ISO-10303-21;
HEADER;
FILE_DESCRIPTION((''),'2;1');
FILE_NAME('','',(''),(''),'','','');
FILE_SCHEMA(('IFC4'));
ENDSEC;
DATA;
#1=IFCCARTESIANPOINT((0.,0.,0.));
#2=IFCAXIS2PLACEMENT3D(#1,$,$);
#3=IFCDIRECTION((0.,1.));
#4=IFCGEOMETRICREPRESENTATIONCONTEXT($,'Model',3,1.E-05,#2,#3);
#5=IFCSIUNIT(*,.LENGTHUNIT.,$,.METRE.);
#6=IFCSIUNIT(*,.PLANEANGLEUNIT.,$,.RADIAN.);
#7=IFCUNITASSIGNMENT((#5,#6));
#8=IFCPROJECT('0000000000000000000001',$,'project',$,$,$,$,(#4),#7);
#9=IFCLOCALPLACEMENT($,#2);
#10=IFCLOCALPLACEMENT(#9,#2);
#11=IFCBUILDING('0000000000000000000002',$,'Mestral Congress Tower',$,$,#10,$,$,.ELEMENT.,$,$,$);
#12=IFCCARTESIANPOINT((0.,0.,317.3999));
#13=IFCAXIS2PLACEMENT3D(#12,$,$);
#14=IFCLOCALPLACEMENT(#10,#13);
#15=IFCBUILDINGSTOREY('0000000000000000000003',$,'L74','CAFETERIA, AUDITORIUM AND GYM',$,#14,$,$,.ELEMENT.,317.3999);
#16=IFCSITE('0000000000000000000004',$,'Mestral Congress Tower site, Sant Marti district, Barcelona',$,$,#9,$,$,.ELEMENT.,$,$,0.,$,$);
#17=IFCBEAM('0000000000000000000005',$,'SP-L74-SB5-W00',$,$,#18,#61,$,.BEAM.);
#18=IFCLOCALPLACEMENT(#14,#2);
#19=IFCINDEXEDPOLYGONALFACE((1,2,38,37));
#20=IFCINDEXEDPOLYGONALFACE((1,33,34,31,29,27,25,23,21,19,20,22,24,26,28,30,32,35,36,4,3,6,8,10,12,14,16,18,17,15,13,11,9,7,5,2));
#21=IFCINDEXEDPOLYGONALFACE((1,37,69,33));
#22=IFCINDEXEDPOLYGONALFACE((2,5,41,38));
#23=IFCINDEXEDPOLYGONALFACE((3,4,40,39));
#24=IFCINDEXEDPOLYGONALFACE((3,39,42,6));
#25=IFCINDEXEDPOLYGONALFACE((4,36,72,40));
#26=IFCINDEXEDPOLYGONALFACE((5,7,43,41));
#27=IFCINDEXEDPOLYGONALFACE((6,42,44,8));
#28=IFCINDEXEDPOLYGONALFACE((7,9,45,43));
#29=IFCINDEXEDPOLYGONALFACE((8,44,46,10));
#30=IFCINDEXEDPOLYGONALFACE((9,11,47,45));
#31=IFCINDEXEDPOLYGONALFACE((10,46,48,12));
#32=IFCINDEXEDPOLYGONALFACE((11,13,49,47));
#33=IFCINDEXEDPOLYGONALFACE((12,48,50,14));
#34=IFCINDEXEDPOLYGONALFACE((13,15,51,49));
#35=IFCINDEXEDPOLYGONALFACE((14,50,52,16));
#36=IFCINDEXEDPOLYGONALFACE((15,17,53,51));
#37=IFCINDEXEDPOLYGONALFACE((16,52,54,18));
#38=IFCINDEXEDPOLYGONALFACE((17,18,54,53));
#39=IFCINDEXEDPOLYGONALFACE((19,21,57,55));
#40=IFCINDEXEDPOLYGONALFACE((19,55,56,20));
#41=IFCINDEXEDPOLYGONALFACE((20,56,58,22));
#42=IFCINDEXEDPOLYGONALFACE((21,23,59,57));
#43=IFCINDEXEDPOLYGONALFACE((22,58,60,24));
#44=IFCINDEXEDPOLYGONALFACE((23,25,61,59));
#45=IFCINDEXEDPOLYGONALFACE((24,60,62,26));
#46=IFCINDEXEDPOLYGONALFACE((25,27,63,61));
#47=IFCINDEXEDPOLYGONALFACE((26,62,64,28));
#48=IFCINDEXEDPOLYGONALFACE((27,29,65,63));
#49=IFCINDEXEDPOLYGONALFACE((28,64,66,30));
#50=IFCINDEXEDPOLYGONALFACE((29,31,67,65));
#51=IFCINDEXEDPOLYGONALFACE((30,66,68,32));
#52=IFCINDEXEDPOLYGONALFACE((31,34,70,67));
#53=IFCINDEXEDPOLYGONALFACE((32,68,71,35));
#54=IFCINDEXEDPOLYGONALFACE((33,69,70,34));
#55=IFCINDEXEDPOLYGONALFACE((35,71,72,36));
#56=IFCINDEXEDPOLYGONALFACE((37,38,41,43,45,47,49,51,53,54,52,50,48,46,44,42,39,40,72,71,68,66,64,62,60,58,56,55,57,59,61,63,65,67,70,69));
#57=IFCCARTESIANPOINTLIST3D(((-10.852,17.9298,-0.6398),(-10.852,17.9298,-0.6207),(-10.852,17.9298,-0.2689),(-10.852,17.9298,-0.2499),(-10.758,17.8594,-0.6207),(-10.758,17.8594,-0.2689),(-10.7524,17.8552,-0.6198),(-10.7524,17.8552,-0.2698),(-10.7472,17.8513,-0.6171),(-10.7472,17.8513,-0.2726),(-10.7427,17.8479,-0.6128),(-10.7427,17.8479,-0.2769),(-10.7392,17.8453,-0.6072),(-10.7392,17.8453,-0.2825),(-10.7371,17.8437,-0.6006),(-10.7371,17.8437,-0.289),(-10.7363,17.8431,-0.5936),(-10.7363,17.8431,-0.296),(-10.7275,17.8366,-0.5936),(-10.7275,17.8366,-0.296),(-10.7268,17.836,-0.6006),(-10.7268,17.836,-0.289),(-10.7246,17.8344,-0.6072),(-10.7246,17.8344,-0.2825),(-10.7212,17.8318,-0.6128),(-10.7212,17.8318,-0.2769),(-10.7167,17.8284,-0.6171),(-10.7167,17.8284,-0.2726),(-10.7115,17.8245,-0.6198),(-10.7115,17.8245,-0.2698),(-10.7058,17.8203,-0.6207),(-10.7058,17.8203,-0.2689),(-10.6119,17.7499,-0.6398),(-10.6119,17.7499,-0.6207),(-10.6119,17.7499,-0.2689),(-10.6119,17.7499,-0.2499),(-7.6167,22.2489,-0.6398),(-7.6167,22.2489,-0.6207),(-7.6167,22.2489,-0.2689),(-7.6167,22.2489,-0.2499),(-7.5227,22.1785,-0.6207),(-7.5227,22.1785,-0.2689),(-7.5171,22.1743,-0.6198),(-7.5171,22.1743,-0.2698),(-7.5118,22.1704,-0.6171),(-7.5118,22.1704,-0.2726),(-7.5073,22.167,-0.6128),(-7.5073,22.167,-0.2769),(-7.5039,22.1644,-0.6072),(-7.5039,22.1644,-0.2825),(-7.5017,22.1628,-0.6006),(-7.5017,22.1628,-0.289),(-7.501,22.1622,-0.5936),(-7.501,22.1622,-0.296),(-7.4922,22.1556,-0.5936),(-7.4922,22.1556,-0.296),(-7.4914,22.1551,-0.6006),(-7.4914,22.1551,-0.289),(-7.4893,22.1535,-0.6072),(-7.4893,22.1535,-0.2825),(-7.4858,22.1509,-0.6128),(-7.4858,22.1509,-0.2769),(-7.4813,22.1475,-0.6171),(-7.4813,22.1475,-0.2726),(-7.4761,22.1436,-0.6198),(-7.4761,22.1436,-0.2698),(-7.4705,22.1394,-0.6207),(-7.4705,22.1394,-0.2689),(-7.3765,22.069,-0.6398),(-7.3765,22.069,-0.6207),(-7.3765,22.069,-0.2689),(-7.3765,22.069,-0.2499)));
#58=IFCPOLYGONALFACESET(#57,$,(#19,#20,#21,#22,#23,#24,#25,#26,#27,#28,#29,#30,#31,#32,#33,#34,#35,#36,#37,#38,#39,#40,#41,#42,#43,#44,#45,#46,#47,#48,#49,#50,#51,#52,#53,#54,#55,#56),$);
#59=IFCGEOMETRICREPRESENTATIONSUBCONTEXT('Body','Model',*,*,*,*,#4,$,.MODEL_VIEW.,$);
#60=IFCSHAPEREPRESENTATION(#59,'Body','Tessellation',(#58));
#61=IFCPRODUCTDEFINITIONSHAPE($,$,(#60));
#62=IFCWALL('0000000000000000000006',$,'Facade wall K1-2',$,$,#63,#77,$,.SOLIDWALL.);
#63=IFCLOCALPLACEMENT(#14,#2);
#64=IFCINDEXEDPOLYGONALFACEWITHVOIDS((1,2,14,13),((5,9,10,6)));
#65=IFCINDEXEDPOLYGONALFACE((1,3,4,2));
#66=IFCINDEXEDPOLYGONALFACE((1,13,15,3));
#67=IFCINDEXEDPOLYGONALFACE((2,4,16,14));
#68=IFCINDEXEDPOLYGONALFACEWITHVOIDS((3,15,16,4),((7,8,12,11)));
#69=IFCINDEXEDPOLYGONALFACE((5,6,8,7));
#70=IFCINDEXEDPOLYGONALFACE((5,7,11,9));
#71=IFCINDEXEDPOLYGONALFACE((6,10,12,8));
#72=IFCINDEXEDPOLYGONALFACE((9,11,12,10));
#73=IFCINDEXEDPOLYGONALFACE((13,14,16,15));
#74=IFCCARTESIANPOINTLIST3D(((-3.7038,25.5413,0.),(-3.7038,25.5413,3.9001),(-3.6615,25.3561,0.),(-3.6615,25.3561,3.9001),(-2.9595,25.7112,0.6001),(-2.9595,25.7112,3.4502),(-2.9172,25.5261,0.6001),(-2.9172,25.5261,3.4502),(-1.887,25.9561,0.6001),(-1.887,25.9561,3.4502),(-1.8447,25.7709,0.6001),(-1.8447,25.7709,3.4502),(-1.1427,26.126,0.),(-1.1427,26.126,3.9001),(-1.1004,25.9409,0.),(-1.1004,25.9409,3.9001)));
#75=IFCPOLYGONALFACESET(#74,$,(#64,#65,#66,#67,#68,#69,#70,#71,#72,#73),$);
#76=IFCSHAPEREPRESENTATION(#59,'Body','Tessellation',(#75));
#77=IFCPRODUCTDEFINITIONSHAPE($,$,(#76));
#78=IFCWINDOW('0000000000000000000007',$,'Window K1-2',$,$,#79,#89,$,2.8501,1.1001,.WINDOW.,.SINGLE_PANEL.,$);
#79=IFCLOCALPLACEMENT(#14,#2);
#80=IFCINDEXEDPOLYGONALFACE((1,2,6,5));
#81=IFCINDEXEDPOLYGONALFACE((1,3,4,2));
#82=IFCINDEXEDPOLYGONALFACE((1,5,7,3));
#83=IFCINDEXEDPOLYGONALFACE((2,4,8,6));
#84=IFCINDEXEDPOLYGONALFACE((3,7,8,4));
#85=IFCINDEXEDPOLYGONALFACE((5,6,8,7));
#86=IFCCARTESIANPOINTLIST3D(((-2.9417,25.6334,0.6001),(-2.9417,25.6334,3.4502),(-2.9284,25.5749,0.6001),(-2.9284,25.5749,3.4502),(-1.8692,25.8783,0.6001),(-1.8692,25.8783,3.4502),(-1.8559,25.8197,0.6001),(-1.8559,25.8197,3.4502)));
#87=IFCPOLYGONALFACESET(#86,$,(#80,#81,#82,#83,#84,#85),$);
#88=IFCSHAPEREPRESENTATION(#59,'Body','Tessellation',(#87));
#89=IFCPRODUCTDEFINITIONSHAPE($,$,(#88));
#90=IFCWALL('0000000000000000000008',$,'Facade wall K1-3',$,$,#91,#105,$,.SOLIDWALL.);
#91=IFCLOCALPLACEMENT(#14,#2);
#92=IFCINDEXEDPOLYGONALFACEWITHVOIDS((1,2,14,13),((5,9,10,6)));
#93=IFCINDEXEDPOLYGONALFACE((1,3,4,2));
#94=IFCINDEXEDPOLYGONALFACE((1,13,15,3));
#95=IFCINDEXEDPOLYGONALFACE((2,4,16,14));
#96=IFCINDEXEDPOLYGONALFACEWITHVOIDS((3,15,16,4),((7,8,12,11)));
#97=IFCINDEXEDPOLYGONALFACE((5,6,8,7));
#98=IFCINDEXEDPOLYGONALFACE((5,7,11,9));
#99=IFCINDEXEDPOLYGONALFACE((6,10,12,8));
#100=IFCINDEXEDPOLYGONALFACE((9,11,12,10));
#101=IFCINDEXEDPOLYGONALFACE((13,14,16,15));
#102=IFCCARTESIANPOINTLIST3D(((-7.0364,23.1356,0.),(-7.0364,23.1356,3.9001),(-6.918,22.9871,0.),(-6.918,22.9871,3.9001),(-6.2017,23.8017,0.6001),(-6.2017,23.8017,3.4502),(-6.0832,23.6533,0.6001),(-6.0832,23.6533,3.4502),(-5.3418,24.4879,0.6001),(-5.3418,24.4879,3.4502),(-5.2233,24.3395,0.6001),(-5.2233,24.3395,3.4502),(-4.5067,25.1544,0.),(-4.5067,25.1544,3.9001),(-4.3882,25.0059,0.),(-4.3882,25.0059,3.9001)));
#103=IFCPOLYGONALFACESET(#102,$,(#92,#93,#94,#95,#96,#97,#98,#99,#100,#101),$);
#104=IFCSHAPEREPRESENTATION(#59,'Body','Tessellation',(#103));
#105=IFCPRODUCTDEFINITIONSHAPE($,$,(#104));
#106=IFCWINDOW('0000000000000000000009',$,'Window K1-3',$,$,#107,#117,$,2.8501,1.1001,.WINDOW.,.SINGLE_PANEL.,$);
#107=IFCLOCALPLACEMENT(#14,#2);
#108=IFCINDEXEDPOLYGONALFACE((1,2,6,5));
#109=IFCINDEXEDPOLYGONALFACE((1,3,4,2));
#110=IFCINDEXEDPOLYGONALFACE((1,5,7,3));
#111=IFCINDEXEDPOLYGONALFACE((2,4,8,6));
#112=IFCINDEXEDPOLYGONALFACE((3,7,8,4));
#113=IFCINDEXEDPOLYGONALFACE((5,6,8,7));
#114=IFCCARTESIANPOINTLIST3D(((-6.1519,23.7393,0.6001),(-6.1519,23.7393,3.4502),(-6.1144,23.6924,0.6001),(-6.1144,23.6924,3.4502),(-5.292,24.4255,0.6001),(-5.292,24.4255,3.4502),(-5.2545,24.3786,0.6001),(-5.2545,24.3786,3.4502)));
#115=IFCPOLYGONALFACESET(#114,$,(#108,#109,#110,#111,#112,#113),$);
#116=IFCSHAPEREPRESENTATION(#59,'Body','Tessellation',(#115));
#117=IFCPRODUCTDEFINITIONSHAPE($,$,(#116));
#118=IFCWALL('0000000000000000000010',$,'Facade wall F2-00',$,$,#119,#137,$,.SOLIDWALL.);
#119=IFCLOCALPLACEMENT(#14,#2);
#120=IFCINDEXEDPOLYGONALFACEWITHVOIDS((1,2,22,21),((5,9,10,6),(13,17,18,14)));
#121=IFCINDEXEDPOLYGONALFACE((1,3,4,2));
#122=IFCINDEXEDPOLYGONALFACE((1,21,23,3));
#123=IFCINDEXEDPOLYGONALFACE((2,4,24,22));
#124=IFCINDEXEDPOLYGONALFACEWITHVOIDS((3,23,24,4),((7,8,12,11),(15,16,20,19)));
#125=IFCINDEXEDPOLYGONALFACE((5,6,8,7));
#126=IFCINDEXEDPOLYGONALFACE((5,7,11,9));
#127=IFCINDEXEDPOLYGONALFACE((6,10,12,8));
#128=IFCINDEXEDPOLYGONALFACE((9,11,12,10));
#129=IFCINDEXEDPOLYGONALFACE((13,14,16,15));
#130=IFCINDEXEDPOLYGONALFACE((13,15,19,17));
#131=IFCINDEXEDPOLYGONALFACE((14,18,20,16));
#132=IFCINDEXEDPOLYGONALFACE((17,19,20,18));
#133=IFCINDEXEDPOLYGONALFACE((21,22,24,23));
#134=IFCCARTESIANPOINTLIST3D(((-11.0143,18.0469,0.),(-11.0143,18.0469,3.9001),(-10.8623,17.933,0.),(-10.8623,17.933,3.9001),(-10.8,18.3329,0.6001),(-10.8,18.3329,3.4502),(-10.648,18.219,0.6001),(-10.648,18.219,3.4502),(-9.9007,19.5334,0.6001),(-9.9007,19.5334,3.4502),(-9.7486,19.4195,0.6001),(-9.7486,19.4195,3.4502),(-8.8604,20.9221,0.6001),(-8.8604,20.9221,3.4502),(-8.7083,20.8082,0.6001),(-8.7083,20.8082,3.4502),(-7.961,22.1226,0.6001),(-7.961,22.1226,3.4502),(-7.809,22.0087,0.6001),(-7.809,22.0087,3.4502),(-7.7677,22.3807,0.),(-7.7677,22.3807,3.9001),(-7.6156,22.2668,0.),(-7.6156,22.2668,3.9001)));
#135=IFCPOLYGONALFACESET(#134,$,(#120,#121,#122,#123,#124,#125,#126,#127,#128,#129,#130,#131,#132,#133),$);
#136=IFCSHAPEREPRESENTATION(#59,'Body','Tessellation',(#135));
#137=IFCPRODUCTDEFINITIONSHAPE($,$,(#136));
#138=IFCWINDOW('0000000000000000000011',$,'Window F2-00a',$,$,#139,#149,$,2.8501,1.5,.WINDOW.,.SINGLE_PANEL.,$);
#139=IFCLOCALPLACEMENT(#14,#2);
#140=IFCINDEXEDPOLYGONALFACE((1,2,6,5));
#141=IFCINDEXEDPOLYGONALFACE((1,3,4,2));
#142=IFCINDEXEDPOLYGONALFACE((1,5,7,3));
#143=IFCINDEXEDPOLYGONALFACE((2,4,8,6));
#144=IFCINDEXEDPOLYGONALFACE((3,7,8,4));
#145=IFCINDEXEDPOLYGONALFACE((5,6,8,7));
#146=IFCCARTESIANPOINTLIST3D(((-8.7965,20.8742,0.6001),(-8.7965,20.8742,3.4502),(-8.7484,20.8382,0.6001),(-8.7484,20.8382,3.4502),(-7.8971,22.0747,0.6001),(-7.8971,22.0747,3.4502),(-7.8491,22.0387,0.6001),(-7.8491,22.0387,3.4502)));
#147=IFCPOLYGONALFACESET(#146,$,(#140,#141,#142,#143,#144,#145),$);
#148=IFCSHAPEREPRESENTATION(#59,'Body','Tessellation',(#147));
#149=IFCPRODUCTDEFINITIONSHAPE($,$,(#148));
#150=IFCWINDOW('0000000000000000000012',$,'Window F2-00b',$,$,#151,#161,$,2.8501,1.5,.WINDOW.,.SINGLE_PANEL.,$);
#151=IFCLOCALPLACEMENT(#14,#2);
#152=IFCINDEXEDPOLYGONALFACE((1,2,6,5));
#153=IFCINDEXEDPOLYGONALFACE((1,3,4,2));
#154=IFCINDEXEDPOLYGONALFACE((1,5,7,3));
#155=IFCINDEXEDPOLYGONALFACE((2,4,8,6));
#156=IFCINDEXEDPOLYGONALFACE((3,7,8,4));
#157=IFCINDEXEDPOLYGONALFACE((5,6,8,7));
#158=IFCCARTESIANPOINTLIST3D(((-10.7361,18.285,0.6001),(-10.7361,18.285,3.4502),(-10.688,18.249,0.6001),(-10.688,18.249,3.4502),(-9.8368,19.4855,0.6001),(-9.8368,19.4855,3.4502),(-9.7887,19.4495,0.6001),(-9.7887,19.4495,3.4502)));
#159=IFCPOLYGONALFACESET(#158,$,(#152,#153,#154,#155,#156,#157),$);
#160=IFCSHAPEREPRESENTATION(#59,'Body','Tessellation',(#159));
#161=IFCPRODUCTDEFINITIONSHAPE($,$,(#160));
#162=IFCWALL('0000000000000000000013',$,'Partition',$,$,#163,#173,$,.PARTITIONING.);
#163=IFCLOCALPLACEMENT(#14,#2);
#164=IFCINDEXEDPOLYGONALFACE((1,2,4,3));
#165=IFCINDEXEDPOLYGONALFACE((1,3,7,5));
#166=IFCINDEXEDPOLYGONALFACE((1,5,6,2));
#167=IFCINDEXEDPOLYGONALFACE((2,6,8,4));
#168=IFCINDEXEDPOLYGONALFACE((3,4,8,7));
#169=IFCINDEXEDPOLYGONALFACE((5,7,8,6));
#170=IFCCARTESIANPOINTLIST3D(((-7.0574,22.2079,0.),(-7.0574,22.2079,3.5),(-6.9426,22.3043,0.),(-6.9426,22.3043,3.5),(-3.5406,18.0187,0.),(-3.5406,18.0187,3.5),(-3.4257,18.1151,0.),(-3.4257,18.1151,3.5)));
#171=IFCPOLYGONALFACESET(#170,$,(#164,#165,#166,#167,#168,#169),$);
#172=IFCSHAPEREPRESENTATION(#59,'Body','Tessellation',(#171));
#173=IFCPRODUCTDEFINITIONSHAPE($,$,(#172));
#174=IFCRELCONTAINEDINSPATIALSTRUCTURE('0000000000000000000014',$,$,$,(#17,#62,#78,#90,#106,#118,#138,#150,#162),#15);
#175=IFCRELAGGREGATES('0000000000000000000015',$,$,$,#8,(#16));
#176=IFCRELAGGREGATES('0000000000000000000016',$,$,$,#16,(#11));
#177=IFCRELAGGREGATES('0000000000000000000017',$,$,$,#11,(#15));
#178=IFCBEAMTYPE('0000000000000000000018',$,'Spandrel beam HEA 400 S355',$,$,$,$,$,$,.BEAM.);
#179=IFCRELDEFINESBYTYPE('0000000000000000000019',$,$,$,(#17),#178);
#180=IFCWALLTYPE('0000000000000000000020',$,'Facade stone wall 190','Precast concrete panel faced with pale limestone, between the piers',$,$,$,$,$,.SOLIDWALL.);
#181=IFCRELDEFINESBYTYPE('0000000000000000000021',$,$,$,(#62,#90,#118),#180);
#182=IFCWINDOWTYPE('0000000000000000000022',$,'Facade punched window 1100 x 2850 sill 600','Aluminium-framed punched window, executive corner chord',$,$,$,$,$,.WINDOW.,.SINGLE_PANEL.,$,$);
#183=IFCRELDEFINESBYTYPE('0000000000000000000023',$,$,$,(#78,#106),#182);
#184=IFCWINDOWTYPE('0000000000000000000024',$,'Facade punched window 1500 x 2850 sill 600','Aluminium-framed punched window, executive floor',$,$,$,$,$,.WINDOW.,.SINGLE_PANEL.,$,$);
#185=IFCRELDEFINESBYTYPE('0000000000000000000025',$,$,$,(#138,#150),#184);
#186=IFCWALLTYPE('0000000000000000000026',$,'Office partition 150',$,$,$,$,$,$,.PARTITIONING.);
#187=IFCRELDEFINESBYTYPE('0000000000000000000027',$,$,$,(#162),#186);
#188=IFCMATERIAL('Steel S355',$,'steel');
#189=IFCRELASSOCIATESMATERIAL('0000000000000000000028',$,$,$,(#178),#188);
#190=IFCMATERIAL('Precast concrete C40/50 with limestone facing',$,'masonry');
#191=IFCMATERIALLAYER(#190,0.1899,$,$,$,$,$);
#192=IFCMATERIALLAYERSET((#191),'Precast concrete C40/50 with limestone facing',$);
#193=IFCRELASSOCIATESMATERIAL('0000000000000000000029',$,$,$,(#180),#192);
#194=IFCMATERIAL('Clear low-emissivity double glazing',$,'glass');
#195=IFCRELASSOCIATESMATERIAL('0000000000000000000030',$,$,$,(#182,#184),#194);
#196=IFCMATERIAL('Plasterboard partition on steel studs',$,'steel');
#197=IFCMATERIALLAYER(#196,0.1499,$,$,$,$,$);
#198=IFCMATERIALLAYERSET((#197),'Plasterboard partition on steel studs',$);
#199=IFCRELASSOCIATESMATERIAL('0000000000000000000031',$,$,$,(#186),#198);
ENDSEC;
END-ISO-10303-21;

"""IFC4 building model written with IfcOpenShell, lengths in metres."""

from ifc_helpers import new_model, si_unit, direction, frame, frame_2d, origin, origin_2d, place, context, subcontext, project, spatial, rectangle, i_section, extrude, material, layer, layer_set, material_profile, profile_set, type_object, element, fill, save


model = new_model("IFC4")

# Units and contexts
model_context = context("Model", 3, precision=1e-05, world=origin(), true_north=direction((0.0, 1.0)))
body_context = subcontext(model_context, "Body", "Model", "MODEL_VIEW")
ifc_project = project(units=[si_unit("LENGTHUNIT", "METRE"), si_unit("PLANEANGLEUNIT", "RADIAN")], contexts=[model_context])

# Site, building, storey
site_placement = place(None, origin())
site = spatial("IfcSite", under=ifc_project, at=site_placement, Name="Mestral Congress Tower site, Sant Marti district, Barcelona", CompositionType="ELEMENT", RefElevation=0.0)
building_placement = place(site_placement, origin())
building = spatial("IfcBuilding", under=site, at=building_placement, Name="Mestral Congress Tower", CompositionType="ELEMENT")
storey_placement = place(building_placement, frame((0.0, 0.0, 317.3999)))
storey = spatial("IfcBuildingStorey", under=building, at=storey_placement, Name="L74", Description="CAFETERIA, AUDITORIUM AND GYM", CompositionType="ELEMENT", Elevation=317.3999)

# Beam
ifc_material_1 = material(Name="Steel S355", Category="steel")
ifc_material_profile_1 = material_profile(ifc_material_1, i_section(OverallWidth=0.3, OverallDepth=0.3899, WebThickness=0.011, FlangeThickness=0.019, FilletRadius=0.0271, at=origin_2d()), Name="HEA 400")
ifc_profile_set_1 = profile_set([ifc_material_profile_1], Name="Steel S355")
beam_type_1 = type_object("IfcBeamType", Name="Spandrel beam HEA 400 S355", PredefinedType="BEAM", material=ifc_profile_set_1)
beam_1_placement = place(storey_placement, frame((-7.4966, 22.1589, -0.4448), z_axis=(-0.599529, -0.800353, 0.0), x_axis=(0.800353, -0.599529, 0.0)))
element("IfcBeam", 1, at=beam_1_placement, inside=storey, type_object=beam_type_1, Name="SP-L74-SB5-W00", PredefinedType="BEAM", context=body_context, shape_type="SweptSolid", body=[
    extrude(i_section(OverallWidth=0.3, OverallDepth=0.3899, WebThickness=0.011, FlangeThickness=0.019, FilletRadius=0.0271, at=origin_2d()), origin(), (0.0, 0.0, 1.0), 5.3965),
])

# Walls, openings, windows
ifc_material_2 = material(Name="Precast concrete C40/50 with limestone facing", Category="masonry")
ifc_layer_1 = layer(ifc_material_2, 0.1899)
ifc_layer_set_1 = layer_set([ifc_layer_1], Name="Precast concrete C40/50 with limestone facing")
wall_type_1 = type_object("IfcWallType", Name="Facade stone wall 190", Description="Precast concrete panel faced with pale limestone, between the piers", PredefinedType="SOLIDWALL", material=ifc_layer_set_1)
wall_1_placement = place(storey_placement, frame((-1.1216, 26.0334, 0.0), z_axis=(0.0, 0.0, 1.0), x_axis=(-0.974913, -0.222585, 0.0)))
wall_1 = element("IfcWall", 2, at=wall_1_placement, inside=storey, type_object=wall_type_1, Name="Facade wall K1-2", PredefinedType="SOLIDWALL", context=body_context, shape_type="SweptSolid", body=[
    extrude(rectangle(XDim=2.627, YDim=0.1899, at=frame_2d((1.3135, 0.0))), origin(), (0.0, 0.0, 1.0), 3.9001),
])
opening_1_placement = place(wall_1_placement, frame((0.7634, 0.0, 0.6001)))
opening_1 = element("IfcOpeningElement", 3, at=opening_1_placement, cuts=wall_1, PredefinedType="OPENING", context=body_context, shape_type="SweptSolid", body=[
    extrude(rectangle(XDim=1.1001, YDim=2.8501, at=frame_2d((0.55, 1.425))), frame((0.0, 0.105, 0.0), z_axis=(0.0, -1.0, 0.0), x_axis=(1.0, 0.0, 0.0)), (0.0, 0.0, 1.0), 0.21),
])
ifc_material_3 = material(Name="Clear low-emissivity double glazing", Category="glass")
window_type_1 = type_object("IfcWindowType", Name="Facade punched window 1100 x 2850 sill 600", Description="Aluminium-framed punched window, executive corner chord", PartitioningType="SINGLE_PANEL", PredefinedType="WINDOW", material=ifc_material_3)
window_1_placement = place(opening_1_placement, origin())
window_1 = element("IfcWindow", 4, at=window_1_placement, inside=storey, type_object=window_type_1, Name="Window K1-2", OverallHeight=2.8501, OverallWidth=1.1001, PartitioningType="SINGLE_PANEL", PredefinedType="WINDOW", context=body_context, shape_type="SweptSolid", body=[
    extrude(rectangle(XDim=1.1001, YDim=2.8501, at=frame_2d((0.55, 1.425))), frame((0.0, 0.0449, 0.0), z_axis=(0.0, -1.0, 0.0), x_axis=(1.0, 0.0, 0.0)), (0.0, 0.0, 1.0), 0.0601),
])
fill(opening_1, window_1)
wall_2_placement = place(storey_placement, frame((-4.4475, 25.0801, 0.0), z_axis=(0.0, 0.0, 1.0), x_axis=(-0.781626, -0.623747, 0.0)))
wall_2 = element("IfcWall", 5, at=wall_2_placement, inside=storey, type_object=wall_type_1, Name="Facade wall K1-3", PredefinedType="SOLIDWALL", context=body_context, shape_type="SweptSolid", body=[
    extrude(rectangle(XDim=3.2366, YDim=0.1899, at=frame_2d((1.6182, 0.0))), origin(), (0.0, 0.0, 1.0), 3.9001),
])
opening_2_placement = place(wall_2_placement, frame((1.0684, 0.0, 0.6001)))
opening_2 = element("IfcOpeningElement", 6, at=opening_2_placement, cuts=wall_2, PredefinedType="OPENING", context=body_context, shape_type="SweptSolid", body=[
    extrude(rectangle(XDim=1.1001, YDim=2.8501, at=frame_2d((0.55, 1.425))), frame((0.0, 0.105, 0.0), z_axis=(0.0, -1.0, 0.0), x_axis=(1.0, 0.0, 0.0)), (0.0, 0.0, 1.0), 0.21),
])
window_2_placement = place(opening_2_placement, origin())
window_2 = element("IfcWindow", 7, at=window_2_placement, inside=storey, type_object=window_type_1, Name="Window K1-3", OverallHeight=2.8501, OverallWidth=1.1001, PartitioningType="SINGLE_PANEL", PredefinedType="WINDOW", context=body_context, shape_type="SweptSolid", body=[
    extrude(rectangle(XDim=1.1001, YDim=2.8501, at=frame_2d((0.55, 1.425))), frame((0.0, 0.0449, 0.0), z_axis=(0.0, -1.0, 0.0), x_axis=(1.0, 0.0, 0.0)), (0.0, 0.0, 1.0), 0.0601),
])
fill(opening_2, window_2)

# Wall, openings, windows
wall_3_placement = place(storey_placement, frame((-7.6917, 22.3237, 0.0), z_axis=(0.0, 0.0, 1.0), x_axis=(-0.59956, -0.80033, 0.0)))
wall_3 = element("IfcWall", 8, at=wall_3_placement, inside=storey, type_object=wall_type_1, Name="Facade wall F2-00", PredefinedType="SOLIDWALL", context=body_context, shape_type="SweptSolid", body=[
    extrude(rectangle(XDim=5.415, YDim=0.1899, at=frame_2d((2.7075, 0.0))), origin(), (0.0, 0.0, 1.0), 3.9001),
])
opening_3_placement = place(wall_3_placement, frame((0.3225, 0.0, 0.6001)))
opening_3 = element("IfcOpeningElement", 9, at=opening_3_placement, cuts=wall_3, PredefinedType="OPENING", context=body_context, shape_type="SweptSolid", body=[
    extrude(rectangle(XDim=1.5, YDim=2.8501, at=frame_2d((0.75, 1.425))), frame((0.0, 0.105, 0.0), z_axis=(0.0, -1.0, 0.0), x_axis=(1.0, 0.0, 0.0)), (0.0, 0.0, 1.0), 0.21),
])
opening_4_placement = place(wall_3_placement, frame((3.5576, 0.0, 0.6001)))
opening_4 = element("IfcOpeningElement", 10, at=opening_4_placement, cuts=wall_3, PredefinedType="OPENING", context=body_context, shape_type="SweptSolid", body=[
    extrude(rectangle(XDim=1.5, YDim=2.8501, at=frame_2d((0.75, 1.425))), frame((0.0, 0.105, 0.0), z_axis=(0.0, -1.0, 0.0), x_axis=(1.0, 0.0, 0.0)), (0.0, 0.0, 1.0), 0.21),
])
window_type_2 = type_object("IfcWindowType", Name="Facade punched window 1500 x 2850 sill 600", Description="Aluminium-framed punched window, executive floor", PartitioningType="SINGLE_PANEL", PredefinedType="WINDOW", material=ifc_material_3)
window_3_placement = place(opening_3_placement, origin())
window_3 = element("IfcWindow", 11, at=window_3_placement, inside=storey, type_object=window_type_2, Name="Window F2-00a", OverallHeight=2.8501, OverallWidth=1.5, PartitioningType="SINGLE_PANEL", PredefinedType="WINDOW", context=body_context, shape_type="SweptSolid", body=[
    extrude(rectangle(XDim=1.5, YDim=2.8501, at=frame_2d((0.75, 1.425))), frame((0.0, 0.0449, 0.0), z_axis=(0.0, -1.0, 0.0), x_axis=(1.0, 0.0, 0.0)), (0.0, 0.0, 1.0), 0.0601),
])
fill(opening_3, window_3)
window_4_placement = place(opening_4_placement, origin())
window_4 = element("IfcWindow", 12, at=window_4_placement, inside=storey, type_object=window_type_2, Name="Window F2-00b", OverallHeight=2.8501, OverallWidth=1.5, PartitioningType="SINGLE_PANEL", PredefinedType="WINDOW", context=body_context, shape_type="SweptSolid", body=[
    extrude(rectangle(XDim=1.5, YDim=2.8501, at=frame_2d((0.75, 1.425))), frame((0.0, 0.0449, 0.0), z_axis=(0.0, -1.0, 0.0), x_axis=(1.0, 0.0, 0.0)), (0.0, 0.0, 1.0), 0.0601),
])
fill(opening_4, window_4)

# Wall
ifc_material_4 = material(Name="Plasterboard partition on steel studs", Category="steel")
ifc_layer_2 = layer(ifc_material_4, 0.1499)
ifc_layer_set_2 = layer_set([ifc_layer_2], Name="Plasterboard partition on steel studs")
wall_type_2 = type_object("IfcWallType", Name="Office partition 150", PredefinedType="PARTITIONING", material=ifc_layer_set_2)
wall_4_placement = place(storey_placement, frame((-3.4832, 18.0669, 0.0), z_axis=(0.0, 0.0, 1.0), x_axis=(-0.642968, 0.765893, 0.0)))
element("IfcWall", 13, at=wall_4_placement, inside=storey, type_object=wall_type_2, Name="Partition", PredefinedType="PARTITIONING", context=body_context, shape_type="SweptSolid", body=[
    extrude(rectangle(XDim=5.4697, YDim=0.1499, at=frame_2d((2.7349, 0.0))), origin(), (0.0, 0.0, 1.0), 3.5),
])

save(model, "model.ifc")
